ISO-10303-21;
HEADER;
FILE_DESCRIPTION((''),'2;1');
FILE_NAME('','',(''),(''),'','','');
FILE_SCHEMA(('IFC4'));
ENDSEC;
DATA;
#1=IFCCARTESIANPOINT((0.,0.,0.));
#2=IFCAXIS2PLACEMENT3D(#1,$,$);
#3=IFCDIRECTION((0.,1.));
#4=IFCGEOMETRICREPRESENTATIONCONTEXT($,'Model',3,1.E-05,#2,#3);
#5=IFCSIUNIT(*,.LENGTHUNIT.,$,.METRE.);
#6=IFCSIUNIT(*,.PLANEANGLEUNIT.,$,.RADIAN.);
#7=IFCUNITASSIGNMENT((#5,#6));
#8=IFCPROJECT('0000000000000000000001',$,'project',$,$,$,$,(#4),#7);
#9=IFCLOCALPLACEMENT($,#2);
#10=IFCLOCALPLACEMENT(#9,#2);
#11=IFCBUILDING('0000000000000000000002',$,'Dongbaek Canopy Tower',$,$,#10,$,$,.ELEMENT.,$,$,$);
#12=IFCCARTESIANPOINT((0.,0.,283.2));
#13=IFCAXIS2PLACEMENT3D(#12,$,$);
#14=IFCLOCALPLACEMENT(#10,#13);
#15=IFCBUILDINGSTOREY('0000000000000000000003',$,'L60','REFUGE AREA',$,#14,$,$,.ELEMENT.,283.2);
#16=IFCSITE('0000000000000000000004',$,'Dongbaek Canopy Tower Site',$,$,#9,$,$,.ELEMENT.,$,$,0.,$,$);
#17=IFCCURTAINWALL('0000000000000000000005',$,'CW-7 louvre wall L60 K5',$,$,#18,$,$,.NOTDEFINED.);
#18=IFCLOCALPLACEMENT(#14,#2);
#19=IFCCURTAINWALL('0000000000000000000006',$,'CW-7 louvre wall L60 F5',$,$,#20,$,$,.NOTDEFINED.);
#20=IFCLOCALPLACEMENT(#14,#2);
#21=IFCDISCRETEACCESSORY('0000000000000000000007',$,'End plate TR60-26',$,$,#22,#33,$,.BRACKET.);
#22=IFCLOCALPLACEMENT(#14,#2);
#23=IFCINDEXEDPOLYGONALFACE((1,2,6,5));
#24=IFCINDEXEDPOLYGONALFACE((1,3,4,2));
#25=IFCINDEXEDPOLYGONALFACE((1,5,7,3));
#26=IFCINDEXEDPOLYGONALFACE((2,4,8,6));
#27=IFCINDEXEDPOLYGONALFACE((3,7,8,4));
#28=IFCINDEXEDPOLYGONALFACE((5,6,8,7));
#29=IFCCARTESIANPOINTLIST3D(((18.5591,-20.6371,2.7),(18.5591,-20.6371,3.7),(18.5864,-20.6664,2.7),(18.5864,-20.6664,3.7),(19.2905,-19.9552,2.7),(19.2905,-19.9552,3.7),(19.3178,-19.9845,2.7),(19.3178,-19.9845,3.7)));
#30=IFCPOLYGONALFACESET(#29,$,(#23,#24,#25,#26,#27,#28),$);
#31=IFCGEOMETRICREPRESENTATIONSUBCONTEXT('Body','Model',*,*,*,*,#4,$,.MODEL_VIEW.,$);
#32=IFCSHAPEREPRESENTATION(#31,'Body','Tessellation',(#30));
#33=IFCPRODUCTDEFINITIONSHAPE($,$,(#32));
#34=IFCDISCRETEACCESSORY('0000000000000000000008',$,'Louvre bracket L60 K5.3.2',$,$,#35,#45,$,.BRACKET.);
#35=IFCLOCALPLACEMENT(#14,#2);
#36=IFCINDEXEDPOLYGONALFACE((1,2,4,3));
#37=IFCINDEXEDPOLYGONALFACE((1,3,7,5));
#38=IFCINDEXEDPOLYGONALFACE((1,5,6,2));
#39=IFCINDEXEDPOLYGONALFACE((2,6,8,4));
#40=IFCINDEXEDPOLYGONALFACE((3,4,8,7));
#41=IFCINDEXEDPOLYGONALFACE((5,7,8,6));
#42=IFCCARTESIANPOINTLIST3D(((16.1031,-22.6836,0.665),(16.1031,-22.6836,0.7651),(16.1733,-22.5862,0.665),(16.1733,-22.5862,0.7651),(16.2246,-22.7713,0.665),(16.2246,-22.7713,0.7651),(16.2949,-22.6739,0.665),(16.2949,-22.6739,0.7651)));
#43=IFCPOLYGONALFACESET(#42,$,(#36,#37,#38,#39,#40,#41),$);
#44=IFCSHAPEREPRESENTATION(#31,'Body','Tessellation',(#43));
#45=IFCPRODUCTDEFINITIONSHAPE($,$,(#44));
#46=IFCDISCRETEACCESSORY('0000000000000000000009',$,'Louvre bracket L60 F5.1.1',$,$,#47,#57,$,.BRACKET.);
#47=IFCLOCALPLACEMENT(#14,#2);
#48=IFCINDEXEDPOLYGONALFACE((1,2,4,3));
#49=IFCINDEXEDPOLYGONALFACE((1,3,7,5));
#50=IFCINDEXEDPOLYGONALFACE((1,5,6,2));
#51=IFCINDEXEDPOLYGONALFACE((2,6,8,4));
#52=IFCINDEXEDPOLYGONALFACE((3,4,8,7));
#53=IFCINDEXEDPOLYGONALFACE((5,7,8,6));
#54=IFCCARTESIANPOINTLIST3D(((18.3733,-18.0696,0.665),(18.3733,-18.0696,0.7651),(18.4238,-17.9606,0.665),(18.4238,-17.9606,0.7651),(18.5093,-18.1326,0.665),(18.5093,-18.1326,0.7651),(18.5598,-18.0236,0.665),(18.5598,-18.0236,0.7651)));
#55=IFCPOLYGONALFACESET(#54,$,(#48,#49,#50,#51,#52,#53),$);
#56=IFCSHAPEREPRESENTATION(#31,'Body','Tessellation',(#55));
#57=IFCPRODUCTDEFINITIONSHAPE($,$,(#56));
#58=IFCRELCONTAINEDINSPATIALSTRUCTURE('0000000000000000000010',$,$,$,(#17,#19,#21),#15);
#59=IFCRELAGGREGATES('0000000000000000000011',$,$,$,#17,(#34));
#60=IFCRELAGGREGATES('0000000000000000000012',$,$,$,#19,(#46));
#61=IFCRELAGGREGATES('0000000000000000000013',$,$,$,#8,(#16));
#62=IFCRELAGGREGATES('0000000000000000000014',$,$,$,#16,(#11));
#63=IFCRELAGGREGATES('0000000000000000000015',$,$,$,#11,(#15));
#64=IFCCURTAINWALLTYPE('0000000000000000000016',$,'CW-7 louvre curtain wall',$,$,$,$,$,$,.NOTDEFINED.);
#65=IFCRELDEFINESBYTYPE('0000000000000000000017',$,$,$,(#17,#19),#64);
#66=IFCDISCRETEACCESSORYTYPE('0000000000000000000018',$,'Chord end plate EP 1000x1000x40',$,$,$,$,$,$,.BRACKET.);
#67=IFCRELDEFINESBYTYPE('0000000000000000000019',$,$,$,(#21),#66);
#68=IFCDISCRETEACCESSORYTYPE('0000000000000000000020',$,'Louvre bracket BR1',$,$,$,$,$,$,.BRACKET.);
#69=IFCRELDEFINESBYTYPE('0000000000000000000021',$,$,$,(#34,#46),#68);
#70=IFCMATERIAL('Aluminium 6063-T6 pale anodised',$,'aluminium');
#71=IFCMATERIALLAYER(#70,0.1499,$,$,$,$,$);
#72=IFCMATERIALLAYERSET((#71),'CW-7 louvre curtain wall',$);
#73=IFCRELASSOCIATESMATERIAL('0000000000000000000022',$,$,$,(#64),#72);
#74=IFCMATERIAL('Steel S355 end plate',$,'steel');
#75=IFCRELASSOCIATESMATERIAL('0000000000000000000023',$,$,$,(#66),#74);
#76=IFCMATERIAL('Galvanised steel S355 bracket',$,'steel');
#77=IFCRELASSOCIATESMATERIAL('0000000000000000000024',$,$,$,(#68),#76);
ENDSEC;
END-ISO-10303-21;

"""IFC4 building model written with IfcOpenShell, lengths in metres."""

from ifc_helpers import new_model, si_unit, direction, frame, origin, origin_2d, place, context, subcontext, project, spatial, rectangle, extrude, material, layer, layer_set, type_object, element, aggregate, save


model = new_model("IFC4")

# Units and contexts
model_context = context("Model", 3, precision=1e-05, world=origin(), true_north=direction((0.0, 1.0)))
body_context = subcontext(model_context, "Body", "Model", "MODEL_VIEW")
ifc_project = project(units=[si_unit("LENGTHUNIT", "METRE"), si_unit("PLANEANGLEUNIT", "RADIAN")], contexts=[model_context])

# Site, building, storey
site_placement = place(None, origin())
site = spatial("IfcSite", under=ifc_project, at=site_placement, Name="Dongbaek Canopy Tower Site", CompositionType="ELEMENT", RefElevation=0.0)
building_placement = place(site_placement, origin())
building = spatial("IfcBuilding", under=site, at=building_placement, Name="Dongbaek Canopy Tower", CompositionType="ELEMENT")
storey_placement = place(building_placement, frame((0.0, 0.0, 283.2)))
storey = spatial("IfcBuildingStorey", under=building, at=storey_placement, Name="L60", Description="REFUGE AREA", CompositionType="ELEMENT", Elevation=283.2)

# Curtain wall
ifc_material_1 = material(Name="Aluminium 6063-T6 pale anodised", Category="aluminium")
ifc_layer_1 = layer(ifc_material_1, 0.1499)
ifc_layer_set_1 = layer_set([ifc_layer_1], Name="CW-7 louvre curtain wall")
curtain_wall_type = type_object("IfcCurtainWallType", Name="CW-7 louvre curtain wall", PredefinedType="NOTDEFINED", material=ifc_layer_set_1)
curtain_wall_1_placement = place(storey_placement, origin())
curtain_wall_1 = element("IfcCurtainWall", 1, at=curtain_wall_1_placement, inside=storey, type_object=curtain_wall_type, Name="CW-7 louvre wall L60 K5", PredefinedType="NOTDEFINED")

# Curtain wall
curtain_wall_2_placement = place(storey_placement, origin())
curtain_wall_2 = element("IfcCurtainWall", 2, at=curtain_wall_2_placement, inside=storey, type_object=curtain_wall_type, Name="CW-7 louvre wall L60 F5", PredefinedType="NOTDEFINED")

# Discrete accessories
ifc_material_2 = material(Name="Steel S355 end plate", Category="steel")
discrete_accessory_type_1 = type_object("IfcDiscreteAccessoryType", Name="Chord end plate EP 1000x1000x40", PredefinedType="BRACKET", material=ifc_material_2)
discrete_accessory_1_placement = place(storey_placement, frame((18.9385, -20.3108, 2.7), z_axis=(0.0, 0.0, 1.0), x_axis=(-0.681964, 0.731386, 0.0)))
element("IfcDiscreteAccessory", 3, at=discrete_accessory_1_placement, inside=storey, type_object=discrete_accessory_type_1, Name="End plate TR60-26", PredefinedType="BRACKET", context=body_context, shape_type="SweptSolid", body=[
    extrude(rectangle(XDim=0.04, YDim=1.0, at=origin_2d()), origin(), (0.0, 0.0, 1.0), 1.0),
])
ifc_material_3 = material(Name="Galvanised steel S355 bracket", Category="steel")
discrete_accessory_type_2 = type_object("IfcDiscreteAccessoryType", Name="Louvre bracket BR1", PredefinedType="BRACKET", material=ifc_material_3)
discrete_accessory_2_placement = place(storey_placement, frame((16.199, -22.6787, 0.665), z_axis=(0.0, 0.0, 1.0), x_axis=(0.585115, 0.81095, 0.0)))
discrete_accessory_2 = element("IfcDiscreteAccessory", 4, at=discrete_accessory_2_placement, type_object=discrete_accessory_type_2, Name="Louvre bracket L60 K5.3.2", PredefinedType="BRACKET", context=body_context, shape_type="SweptSolid", body=[
    extrude(rectangle(XDim=0.1201, YDim=0.1499, at=origin_2d()), origin(), (0.0, 0.0, 1.0), 0.1001),
])
aggregate(curtain_wall_1, [discrete_accessory_2])
discrete_accessory_3_placement = place(storey_placement, frame((18.4666, -18.0466, 0.665), z_axis=(0.0, 0.0, 1.0), x_axis=(0.4203, 0.907385, 0.0)))
discrete_accessory_3 = element("IfcDiscreteAccessory", 5, at=discrete_accessory_3_placement, type_object=discrete_accessory_type_2, Name="Louvre bracket L60 F5.1.1", PredefinedType="BRACKET", context=body_context, shape_type="SweptSolid", body=[
    extrude(rectangle(XDim=0.1201, YDim=0.1499, at=origin_2d()), origin(), (0.0, 0.0, 1.0), 0.1001),
])
aggregate(curtain_wall_2, [discrete_accessory_3])

save(model, "model.ifc")
